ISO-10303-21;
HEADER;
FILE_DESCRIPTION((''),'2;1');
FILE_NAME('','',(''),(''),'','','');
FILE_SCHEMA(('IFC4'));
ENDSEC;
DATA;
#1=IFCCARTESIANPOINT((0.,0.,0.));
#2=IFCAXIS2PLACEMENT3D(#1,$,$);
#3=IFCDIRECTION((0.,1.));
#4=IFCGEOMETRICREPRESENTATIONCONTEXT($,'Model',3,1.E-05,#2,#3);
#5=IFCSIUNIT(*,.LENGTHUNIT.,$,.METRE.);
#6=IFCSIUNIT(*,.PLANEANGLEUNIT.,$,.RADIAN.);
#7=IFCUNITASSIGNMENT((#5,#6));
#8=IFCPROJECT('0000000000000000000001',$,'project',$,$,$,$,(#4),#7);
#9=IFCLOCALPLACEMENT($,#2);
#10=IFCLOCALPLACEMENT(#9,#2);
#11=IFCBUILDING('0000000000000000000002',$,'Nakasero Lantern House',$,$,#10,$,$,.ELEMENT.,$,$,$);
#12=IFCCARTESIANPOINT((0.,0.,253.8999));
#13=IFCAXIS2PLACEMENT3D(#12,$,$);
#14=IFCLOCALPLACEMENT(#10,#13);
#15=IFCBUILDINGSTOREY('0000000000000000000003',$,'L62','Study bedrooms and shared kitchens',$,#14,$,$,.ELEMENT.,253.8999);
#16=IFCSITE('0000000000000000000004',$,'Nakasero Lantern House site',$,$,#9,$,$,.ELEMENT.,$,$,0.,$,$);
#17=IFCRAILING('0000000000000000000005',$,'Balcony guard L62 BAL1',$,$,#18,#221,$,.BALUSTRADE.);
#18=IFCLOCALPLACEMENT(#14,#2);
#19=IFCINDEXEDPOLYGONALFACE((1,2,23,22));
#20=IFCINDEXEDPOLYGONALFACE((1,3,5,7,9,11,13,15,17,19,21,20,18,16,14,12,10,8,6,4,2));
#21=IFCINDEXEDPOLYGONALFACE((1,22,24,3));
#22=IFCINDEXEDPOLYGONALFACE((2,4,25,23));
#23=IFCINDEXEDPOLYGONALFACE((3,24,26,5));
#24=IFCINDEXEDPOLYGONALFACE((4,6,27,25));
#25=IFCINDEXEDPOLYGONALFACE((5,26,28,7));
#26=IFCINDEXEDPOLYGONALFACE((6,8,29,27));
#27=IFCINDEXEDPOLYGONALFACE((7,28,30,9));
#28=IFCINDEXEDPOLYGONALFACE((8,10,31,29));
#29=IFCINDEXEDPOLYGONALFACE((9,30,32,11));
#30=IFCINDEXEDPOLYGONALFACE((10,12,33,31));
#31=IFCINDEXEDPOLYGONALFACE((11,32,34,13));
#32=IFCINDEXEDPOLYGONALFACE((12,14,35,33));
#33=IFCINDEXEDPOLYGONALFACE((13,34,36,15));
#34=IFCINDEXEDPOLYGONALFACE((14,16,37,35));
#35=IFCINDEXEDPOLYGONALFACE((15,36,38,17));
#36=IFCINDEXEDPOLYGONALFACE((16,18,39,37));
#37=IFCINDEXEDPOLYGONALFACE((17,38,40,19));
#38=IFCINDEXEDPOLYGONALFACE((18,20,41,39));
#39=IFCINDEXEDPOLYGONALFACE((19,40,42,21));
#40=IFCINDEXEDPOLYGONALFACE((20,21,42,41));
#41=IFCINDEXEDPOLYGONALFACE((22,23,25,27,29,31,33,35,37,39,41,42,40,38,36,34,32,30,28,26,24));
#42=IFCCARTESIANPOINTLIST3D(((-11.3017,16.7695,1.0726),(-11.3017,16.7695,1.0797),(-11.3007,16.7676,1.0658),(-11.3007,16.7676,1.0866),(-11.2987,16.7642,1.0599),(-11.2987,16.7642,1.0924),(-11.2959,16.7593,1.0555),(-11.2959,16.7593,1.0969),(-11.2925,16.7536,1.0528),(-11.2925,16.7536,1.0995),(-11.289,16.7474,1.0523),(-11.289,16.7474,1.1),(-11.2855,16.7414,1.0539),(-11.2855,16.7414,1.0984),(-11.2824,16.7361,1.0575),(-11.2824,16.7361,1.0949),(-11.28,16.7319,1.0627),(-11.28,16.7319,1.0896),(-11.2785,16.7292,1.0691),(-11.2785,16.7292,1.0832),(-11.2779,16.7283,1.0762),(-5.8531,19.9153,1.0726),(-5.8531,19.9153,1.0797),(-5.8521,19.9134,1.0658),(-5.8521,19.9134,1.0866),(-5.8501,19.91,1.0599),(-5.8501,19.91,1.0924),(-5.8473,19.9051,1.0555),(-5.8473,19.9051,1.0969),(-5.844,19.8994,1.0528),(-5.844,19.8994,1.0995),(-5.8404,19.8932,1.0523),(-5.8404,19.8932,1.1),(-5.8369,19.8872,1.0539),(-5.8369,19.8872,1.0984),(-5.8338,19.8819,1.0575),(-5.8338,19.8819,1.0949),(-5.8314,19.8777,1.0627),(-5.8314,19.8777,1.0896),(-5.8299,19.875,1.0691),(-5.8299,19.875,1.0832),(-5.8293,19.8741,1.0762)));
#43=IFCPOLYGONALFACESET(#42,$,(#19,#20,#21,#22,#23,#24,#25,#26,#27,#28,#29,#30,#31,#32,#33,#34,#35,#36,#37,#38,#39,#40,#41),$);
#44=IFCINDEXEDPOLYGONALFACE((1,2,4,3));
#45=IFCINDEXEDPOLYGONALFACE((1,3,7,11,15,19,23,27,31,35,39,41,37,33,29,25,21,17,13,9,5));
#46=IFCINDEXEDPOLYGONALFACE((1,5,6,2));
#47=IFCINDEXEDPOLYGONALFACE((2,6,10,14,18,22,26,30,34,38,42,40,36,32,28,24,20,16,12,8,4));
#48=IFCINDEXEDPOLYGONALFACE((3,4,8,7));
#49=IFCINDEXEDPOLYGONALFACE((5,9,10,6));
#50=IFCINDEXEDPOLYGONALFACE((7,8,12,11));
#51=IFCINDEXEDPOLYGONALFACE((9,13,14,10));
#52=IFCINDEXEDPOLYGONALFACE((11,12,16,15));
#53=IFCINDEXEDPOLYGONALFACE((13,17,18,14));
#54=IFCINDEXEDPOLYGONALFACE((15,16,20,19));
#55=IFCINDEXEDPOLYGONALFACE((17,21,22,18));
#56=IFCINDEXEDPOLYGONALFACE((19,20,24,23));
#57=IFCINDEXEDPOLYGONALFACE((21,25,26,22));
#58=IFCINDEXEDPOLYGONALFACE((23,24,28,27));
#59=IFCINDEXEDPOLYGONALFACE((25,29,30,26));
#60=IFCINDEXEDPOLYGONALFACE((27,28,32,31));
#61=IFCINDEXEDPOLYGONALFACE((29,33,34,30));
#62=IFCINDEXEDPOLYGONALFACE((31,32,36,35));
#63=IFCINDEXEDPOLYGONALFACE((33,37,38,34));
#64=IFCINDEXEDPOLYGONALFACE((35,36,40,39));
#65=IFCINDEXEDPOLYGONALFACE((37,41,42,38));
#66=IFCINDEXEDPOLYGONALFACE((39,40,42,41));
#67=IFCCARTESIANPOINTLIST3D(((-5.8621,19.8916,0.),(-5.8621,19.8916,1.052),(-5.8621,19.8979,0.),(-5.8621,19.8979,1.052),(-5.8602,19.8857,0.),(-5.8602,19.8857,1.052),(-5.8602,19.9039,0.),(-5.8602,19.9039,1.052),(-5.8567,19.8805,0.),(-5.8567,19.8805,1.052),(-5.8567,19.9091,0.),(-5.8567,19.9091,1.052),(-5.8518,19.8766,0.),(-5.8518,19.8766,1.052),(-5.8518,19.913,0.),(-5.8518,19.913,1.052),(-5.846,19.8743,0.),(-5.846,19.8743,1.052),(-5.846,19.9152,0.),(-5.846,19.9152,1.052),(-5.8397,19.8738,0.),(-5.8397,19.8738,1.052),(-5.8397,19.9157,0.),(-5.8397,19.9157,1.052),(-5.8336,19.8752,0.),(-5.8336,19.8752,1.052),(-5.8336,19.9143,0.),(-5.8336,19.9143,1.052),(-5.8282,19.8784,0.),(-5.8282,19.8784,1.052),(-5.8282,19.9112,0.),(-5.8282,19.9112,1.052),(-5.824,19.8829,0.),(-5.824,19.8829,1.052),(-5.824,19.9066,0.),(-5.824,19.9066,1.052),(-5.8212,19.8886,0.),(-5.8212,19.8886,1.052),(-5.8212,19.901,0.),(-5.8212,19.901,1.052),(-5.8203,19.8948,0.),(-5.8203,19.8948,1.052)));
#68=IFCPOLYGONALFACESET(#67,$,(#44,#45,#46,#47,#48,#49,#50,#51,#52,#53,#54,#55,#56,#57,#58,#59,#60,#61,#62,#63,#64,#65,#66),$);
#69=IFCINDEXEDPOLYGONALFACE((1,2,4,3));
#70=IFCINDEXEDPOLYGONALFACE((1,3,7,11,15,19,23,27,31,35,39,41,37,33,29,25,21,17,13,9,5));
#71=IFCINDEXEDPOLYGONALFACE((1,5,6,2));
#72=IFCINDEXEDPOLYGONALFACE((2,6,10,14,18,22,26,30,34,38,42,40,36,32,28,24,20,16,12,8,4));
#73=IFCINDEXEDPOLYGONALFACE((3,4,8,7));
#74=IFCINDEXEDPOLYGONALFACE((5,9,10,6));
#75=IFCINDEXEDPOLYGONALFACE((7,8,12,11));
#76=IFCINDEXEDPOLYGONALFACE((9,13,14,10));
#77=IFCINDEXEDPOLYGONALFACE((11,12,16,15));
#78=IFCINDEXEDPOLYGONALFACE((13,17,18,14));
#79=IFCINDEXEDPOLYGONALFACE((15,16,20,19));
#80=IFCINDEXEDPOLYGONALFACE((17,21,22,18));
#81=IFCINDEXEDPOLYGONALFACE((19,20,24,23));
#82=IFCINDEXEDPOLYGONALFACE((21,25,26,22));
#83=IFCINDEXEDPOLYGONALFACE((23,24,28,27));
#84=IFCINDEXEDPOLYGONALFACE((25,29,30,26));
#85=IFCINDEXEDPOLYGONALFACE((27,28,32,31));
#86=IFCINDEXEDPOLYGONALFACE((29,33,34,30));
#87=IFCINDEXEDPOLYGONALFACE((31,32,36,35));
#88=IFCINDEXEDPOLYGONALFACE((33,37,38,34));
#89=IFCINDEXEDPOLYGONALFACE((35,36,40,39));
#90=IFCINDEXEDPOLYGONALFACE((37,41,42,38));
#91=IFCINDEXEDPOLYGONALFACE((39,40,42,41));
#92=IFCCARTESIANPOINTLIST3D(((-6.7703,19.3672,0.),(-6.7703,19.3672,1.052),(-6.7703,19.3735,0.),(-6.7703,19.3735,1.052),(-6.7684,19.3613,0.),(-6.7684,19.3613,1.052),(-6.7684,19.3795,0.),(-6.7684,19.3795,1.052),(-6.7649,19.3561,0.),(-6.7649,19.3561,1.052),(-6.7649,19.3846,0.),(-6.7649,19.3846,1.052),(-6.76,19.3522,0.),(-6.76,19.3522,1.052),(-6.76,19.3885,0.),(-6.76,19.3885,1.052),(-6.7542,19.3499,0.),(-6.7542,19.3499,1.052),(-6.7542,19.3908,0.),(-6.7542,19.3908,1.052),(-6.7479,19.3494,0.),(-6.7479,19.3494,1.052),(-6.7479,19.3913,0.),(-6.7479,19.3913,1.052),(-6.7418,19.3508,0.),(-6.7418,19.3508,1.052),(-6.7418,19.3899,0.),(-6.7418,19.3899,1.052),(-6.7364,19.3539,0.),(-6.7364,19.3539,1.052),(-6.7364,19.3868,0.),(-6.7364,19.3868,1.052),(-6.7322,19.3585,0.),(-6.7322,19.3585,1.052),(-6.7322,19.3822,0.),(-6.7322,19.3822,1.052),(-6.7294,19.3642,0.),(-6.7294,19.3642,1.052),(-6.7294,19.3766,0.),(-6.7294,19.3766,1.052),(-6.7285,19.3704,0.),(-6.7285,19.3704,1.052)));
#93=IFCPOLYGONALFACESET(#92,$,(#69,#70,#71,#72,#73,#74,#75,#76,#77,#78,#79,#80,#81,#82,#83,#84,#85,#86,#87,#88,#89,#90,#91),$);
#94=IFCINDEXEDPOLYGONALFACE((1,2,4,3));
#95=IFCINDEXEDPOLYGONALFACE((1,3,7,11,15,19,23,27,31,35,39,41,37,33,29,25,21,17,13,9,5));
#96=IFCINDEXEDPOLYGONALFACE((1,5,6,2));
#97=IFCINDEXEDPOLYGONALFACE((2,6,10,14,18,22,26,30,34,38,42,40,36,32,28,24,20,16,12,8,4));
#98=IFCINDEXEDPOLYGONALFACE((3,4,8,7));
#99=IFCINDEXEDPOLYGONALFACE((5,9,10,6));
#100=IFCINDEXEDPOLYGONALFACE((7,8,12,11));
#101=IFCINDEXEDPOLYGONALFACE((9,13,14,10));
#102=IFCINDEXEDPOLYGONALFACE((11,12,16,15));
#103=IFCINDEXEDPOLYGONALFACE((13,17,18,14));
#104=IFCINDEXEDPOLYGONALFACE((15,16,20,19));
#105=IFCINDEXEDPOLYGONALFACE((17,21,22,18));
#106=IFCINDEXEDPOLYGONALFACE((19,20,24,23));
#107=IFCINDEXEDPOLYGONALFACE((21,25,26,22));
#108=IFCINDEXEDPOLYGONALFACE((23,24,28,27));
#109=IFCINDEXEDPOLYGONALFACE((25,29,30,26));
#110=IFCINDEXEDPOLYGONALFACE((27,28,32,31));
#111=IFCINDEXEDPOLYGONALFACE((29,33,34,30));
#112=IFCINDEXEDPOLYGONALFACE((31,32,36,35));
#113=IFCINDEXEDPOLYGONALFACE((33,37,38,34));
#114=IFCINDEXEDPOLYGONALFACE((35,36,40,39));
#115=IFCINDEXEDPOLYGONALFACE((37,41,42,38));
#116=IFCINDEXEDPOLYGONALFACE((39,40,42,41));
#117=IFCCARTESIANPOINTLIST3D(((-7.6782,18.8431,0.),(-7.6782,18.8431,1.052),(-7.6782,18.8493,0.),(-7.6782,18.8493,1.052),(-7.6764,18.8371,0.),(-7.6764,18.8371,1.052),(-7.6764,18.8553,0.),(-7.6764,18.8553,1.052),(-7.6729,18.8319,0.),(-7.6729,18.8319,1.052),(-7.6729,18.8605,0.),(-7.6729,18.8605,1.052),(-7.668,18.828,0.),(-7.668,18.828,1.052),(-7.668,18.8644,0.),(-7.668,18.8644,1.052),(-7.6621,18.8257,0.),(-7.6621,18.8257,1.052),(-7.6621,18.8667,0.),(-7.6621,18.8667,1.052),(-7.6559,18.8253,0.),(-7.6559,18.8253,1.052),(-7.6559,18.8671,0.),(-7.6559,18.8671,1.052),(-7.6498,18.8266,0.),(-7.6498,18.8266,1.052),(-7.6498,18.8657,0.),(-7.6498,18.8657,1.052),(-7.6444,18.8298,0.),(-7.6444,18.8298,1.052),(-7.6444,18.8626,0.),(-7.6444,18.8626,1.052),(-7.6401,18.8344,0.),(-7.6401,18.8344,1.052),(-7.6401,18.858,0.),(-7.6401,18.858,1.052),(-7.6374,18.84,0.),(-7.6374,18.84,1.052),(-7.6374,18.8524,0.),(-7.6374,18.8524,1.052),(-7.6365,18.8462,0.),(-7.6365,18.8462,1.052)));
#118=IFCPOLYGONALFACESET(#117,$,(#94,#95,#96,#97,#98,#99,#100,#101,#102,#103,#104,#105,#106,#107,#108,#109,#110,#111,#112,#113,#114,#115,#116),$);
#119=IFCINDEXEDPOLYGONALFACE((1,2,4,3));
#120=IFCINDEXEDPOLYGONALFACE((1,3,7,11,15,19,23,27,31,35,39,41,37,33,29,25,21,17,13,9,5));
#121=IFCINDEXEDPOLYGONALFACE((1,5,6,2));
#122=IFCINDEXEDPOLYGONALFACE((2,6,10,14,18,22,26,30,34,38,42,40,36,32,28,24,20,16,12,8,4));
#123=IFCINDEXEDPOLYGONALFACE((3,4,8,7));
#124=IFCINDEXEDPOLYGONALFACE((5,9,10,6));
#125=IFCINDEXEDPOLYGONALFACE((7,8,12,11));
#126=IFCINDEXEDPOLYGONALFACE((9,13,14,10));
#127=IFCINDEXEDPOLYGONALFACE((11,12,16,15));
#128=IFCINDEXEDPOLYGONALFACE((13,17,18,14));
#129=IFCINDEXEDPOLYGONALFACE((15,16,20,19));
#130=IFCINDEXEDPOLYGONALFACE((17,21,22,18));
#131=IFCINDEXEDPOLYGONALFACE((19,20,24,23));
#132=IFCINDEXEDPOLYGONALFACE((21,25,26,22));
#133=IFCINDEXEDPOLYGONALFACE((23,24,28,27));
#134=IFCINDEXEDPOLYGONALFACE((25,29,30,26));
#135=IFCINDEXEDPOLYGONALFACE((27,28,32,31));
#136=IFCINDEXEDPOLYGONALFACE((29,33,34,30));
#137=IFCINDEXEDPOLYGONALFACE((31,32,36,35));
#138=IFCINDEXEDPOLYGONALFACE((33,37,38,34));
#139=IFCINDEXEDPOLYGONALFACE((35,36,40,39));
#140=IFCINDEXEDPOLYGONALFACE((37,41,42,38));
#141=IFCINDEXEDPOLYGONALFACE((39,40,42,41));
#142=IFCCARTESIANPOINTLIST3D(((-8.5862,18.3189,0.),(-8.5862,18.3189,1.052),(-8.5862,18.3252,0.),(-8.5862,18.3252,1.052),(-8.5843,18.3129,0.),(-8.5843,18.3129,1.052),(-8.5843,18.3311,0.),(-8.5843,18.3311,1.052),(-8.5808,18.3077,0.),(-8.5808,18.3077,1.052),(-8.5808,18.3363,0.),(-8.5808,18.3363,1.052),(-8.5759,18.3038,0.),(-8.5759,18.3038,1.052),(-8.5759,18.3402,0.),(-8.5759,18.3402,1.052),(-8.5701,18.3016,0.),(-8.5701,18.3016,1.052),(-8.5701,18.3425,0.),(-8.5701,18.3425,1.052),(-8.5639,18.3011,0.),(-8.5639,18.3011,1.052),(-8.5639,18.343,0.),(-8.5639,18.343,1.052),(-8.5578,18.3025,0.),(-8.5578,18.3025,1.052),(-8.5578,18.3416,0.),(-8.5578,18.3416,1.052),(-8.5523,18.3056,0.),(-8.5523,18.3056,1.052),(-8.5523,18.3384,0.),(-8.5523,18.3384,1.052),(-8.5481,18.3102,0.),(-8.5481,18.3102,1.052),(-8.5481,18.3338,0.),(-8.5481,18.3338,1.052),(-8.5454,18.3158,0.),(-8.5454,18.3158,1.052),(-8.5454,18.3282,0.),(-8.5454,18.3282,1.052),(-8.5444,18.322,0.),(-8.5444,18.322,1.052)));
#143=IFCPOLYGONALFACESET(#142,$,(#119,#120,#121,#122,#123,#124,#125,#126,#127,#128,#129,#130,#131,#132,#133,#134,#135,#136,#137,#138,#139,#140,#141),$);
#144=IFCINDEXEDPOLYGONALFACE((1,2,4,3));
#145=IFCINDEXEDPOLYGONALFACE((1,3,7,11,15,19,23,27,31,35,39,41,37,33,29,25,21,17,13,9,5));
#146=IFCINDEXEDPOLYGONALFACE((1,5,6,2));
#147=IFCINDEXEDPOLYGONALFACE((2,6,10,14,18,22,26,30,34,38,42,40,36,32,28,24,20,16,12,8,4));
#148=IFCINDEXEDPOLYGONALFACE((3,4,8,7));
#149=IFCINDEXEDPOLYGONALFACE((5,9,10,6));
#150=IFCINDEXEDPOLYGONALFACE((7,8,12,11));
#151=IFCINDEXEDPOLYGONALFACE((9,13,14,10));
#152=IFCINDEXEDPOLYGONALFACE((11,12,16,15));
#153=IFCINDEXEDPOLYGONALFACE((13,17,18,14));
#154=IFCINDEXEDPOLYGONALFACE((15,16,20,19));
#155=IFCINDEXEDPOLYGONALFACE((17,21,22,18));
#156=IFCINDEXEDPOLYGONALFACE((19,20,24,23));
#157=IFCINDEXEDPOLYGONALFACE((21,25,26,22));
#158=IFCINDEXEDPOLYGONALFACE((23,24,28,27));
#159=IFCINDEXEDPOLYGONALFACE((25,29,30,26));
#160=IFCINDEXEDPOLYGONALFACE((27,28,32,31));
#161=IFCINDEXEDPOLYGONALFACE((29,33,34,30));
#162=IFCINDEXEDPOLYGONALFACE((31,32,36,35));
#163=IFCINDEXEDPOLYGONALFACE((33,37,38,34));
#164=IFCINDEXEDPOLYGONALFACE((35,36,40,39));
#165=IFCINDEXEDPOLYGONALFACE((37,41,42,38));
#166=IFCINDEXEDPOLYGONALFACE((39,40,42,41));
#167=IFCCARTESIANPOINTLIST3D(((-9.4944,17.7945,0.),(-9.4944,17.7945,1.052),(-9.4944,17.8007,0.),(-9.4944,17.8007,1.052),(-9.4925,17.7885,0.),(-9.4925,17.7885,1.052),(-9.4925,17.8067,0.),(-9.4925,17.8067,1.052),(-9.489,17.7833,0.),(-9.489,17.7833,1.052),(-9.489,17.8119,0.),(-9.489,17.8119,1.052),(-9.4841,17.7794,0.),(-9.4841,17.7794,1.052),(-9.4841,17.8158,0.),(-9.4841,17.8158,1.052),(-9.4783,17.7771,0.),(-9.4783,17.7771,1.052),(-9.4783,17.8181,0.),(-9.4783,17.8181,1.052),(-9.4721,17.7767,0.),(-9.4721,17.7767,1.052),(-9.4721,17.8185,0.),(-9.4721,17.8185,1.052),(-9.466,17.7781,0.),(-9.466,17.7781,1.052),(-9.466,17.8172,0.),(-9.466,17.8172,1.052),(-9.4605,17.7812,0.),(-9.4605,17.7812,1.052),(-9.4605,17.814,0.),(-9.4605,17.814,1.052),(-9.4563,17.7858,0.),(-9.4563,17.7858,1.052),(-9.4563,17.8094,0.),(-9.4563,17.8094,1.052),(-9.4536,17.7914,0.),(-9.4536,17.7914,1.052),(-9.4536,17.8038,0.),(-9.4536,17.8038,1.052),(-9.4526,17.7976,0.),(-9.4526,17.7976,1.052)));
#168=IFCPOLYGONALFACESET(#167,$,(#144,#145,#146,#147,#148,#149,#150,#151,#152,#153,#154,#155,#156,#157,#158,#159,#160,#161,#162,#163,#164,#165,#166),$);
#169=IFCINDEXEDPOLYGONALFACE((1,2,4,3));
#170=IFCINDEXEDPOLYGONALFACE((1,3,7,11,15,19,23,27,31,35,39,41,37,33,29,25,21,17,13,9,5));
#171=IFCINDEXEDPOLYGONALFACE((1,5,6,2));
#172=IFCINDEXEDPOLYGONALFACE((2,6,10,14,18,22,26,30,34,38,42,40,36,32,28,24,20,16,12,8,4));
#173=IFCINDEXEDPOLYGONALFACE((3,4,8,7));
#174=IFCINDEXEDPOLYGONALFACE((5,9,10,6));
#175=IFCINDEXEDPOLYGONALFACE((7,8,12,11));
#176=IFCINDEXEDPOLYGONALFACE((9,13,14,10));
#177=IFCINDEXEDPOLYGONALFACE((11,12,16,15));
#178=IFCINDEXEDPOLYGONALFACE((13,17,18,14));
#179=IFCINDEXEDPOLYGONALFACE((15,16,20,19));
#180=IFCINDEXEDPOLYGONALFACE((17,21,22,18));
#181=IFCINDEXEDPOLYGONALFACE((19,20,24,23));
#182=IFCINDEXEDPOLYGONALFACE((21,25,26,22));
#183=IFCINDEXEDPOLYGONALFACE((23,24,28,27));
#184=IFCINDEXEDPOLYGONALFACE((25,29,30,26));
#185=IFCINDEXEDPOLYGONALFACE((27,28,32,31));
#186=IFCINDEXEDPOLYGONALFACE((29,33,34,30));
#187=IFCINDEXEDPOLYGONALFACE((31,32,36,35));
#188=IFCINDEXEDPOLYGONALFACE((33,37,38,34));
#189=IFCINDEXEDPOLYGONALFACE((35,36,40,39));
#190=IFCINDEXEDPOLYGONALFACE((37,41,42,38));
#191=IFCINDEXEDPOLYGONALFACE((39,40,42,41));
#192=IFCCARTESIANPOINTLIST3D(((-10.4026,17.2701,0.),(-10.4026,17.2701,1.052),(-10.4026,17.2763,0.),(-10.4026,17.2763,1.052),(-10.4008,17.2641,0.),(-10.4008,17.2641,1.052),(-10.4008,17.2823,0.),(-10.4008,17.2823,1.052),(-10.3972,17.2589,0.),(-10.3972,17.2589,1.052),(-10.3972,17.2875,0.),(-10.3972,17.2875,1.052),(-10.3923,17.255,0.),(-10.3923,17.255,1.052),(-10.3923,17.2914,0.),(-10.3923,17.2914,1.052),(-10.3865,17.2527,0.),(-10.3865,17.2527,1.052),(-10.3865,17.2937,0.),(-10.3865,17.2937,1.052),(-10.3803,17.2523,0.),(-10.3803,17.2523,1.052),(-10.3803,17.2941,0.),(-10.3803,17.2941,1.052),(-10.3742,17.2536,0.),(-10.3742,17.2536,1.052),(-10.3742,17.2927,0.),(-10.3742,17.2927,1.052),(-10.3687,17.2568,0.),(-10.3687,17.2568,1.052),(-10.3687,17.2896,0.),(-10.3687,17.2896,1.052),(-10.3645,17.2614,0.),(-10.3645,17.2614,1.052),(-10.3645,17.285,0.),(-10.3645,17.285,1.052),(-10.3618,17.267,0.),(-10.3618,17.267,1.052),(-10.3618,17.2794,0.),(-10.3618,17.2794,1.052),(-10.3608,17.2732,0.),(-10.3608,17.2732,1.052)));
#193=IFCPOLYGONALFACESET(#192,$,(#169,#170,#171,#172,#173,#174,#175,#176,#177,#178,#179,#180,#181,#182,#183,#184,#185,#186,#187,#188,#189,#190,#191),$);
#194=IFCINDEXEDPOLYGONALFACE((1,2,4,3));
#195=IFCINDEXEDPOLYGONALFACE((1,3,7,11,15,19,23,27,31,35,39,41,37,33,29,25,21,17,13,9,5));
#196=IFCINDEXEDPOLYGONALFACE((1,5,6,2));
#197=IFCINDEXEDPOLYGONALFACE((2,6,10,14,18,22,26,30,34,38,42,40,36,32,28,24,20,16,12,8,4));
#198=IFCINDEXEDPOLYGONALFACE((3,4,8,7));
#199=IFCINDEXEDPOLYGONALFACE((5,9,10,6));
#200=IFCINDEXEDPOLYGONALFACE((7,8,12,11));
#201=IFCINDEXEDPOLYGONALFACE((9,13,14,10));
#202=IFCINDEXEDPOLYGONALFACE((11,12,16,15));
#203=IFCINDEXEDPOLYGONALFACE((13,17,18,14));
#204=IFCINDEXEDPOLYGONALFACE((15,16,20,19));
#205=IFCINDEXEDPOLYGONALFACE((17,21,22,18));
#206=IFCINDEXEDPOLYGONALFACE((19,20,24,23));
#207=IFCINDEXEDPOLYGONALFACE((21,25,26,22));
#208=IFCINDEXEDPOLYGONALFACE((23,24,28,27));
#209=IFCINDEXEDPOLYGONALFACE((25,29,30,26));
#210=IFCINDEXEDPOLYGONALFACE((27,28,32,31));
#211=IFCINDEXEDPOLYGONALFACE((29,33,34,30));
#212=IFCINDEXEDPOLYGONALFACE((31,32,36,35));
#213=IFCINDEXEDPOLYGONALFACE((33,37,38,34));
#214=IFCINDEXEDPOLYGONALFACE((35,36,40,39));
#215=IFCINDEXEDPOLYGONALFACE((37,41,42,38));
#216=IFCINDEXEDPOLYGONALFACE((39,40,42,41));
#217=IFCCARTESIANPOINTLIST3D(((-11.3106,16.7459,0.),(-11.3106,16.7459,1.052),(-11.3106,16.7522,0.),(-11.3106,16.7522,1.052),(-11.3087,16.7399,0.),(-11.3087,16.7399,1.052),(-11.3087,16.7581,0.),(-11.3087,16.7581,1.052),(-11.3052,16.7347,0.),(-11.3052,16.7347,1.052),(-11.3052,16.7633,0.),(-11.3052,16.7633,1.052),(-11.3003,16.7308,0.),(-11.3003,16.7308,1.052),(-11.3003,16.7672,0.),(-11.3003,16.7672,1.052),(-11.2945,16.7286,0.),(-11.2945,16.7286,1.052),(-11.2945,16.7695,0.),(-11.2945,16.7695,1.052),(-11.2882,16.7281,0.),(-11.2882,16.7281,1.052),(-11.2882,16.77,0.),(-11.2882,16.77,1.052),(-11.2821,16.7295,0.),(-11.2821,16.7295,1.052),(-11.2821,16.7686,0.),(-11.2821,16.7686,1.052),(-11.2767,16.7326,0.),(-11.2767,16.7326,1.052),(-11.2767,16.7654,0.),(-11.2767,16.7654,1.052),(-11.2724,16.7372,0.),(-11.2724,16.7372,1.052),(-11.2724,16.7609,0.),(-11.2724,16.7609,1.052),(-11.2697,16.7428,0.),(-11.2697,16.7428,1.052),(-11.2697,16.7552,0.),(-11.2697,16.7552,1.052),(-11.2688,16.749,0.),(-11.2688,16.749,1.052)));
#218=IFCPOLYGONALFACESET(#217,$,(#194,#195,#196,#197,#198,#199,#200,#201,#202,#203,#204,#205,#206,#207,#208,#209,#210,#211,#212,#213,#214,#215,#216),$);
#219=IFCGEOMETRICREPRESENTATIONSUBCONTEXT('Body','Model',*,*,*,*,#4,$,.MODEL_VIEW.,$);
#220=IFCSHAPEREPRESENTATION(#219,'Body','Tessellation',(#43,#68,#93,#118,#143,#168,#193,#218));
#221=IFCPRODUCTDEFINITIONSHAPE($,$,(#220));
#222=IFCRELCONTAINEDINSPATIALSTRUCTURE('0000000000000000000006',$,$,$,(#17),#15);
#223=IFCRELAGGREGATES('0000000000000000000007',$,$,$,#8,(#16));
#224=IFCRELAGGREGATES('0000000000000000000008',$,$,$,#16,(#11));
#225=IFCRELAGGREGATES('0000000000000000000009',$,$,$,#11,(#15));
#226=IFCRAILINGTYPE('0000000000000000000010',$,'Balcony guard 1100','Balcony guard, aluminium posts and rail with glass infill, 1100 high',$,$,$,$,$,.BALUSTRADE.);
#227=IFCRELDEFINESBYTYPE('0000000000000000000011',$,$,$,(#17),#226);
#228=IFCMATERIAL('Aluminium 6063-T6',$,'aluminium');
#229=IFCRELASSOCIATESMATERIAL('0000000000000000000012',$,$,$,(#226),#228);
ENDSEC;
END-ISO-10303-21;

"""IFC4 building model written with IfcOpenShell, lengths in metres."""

from ifc_helpers import new_model, si_unit, direction, frame, origin, origin_2d, place, context, subcontext, project, spatial, circle, extrude, material, type_object, element, save


model = new_model("IFC4")

# Units and contexts
model_context = context("Model", 3, precision=1e-05, world=origin(), true_north=direction((0.0, 1.0)))
body_context = subcontext(model_context, "Body", "Model", "MODEL_VIEW")
ifc_project = project(units=[si_unit("LENGTHUNIT", "METRE"), si_unit("PLANEANGLEUNIT", "RADIAN")], contexts=[model_context])

# Site, building, storey
site_placement = place(None, origin())
site = spatial("IfcSite", under=ifc_project, at=site_placement, Name="Nakasero Lantern House site", CompositionType="ELEMENT", RefElevation=0.0)
building_placement = place(site_placement, origin())
building = spatial("IfcBuilding", under=site, at=building_placement, Name="Nakasero Lantern House", CompositionType="ELEMENT")
storey_placement = place(building_placement, frame((0.0, 0.0, 253.8999)))
storey = spatial("IfcBuildingStorey", under=building, at=storey_placement, Name="L62", Description="Study bedrooms and shared kitchens", CompositionType="ELEMENT", Elevation=253.8999)

# Railing
ifc_material_1 = material(Name="Aluminium 6063-T6", Category="aluminium")
railing_type = type_object("IfcRailingType", Name="Balcony guard 1100", Description="Balcony guard, aluminium posts and rail with glass infill, 1100 high", PredefinedType="BALUSTRADE", material=ifc_material_1)
railing_placement = place(storey_placement, frame((-5.8413, 19.8948, 0.0)))
element("IfcRailing", 1, at=railing_placement, inside=storey, type_object=railing_type, Name="Balcony guard L62 BAL1", PredefinedType="BALUSTRADE", context=body_context, shape_type="SweptSolid", body=[
    extrude(circle(Radius=0.0239, at=origin_2d()), frame((0.0, 0.0, 1.0762), z_axis=(-0.866021, -0.500008, 0.0), x_axis=(0.500008, -0.866021, 0.0)), (0.0, 0.0, 1.0), 6.2915),
    extrude(circle(Radius=0.021, at=origin_2d()), origin(), (0.0, 0.0, 1.0), 1.052),
    extrude(circle(Radius=0.021, at=origin_2d()), frame((-0.9082, -0.5244, 0.0)), (0.0, 0.0, 1.0), 1.052),
    extrude(circle(Radius=0.021, at=origin_2d()), frame((-1.8162, -1.0486, 0.0)), (0.0, 0.0, 1.0), 1.052),
    extrude(circle(Radius=0.021, at=origin_2d()), frame((-2.7241, -1.5728, 0.0)), (0.0, 0.0, 1.0), 1.052),
    extrude(circle(Radius=0.021, at=origin_2d()), frame((-3.6323, -2.0972, 0.0)), (0.0, 0.0, 1.0), 1.052),
    extrude(circle(Radius=0.021, at=origin_2d()), frame((-4.5405, -2.6216, 0.0)), (0.0, 0.0, 1.0), 1.052),
    extrude(circle(Radius=0.021, at=origin_2d()), frame((-5.4485, -3.1458, 0.0)), (0.0, 0.0, 1.0), 1.052),
])

save(model, "model.ifc")
